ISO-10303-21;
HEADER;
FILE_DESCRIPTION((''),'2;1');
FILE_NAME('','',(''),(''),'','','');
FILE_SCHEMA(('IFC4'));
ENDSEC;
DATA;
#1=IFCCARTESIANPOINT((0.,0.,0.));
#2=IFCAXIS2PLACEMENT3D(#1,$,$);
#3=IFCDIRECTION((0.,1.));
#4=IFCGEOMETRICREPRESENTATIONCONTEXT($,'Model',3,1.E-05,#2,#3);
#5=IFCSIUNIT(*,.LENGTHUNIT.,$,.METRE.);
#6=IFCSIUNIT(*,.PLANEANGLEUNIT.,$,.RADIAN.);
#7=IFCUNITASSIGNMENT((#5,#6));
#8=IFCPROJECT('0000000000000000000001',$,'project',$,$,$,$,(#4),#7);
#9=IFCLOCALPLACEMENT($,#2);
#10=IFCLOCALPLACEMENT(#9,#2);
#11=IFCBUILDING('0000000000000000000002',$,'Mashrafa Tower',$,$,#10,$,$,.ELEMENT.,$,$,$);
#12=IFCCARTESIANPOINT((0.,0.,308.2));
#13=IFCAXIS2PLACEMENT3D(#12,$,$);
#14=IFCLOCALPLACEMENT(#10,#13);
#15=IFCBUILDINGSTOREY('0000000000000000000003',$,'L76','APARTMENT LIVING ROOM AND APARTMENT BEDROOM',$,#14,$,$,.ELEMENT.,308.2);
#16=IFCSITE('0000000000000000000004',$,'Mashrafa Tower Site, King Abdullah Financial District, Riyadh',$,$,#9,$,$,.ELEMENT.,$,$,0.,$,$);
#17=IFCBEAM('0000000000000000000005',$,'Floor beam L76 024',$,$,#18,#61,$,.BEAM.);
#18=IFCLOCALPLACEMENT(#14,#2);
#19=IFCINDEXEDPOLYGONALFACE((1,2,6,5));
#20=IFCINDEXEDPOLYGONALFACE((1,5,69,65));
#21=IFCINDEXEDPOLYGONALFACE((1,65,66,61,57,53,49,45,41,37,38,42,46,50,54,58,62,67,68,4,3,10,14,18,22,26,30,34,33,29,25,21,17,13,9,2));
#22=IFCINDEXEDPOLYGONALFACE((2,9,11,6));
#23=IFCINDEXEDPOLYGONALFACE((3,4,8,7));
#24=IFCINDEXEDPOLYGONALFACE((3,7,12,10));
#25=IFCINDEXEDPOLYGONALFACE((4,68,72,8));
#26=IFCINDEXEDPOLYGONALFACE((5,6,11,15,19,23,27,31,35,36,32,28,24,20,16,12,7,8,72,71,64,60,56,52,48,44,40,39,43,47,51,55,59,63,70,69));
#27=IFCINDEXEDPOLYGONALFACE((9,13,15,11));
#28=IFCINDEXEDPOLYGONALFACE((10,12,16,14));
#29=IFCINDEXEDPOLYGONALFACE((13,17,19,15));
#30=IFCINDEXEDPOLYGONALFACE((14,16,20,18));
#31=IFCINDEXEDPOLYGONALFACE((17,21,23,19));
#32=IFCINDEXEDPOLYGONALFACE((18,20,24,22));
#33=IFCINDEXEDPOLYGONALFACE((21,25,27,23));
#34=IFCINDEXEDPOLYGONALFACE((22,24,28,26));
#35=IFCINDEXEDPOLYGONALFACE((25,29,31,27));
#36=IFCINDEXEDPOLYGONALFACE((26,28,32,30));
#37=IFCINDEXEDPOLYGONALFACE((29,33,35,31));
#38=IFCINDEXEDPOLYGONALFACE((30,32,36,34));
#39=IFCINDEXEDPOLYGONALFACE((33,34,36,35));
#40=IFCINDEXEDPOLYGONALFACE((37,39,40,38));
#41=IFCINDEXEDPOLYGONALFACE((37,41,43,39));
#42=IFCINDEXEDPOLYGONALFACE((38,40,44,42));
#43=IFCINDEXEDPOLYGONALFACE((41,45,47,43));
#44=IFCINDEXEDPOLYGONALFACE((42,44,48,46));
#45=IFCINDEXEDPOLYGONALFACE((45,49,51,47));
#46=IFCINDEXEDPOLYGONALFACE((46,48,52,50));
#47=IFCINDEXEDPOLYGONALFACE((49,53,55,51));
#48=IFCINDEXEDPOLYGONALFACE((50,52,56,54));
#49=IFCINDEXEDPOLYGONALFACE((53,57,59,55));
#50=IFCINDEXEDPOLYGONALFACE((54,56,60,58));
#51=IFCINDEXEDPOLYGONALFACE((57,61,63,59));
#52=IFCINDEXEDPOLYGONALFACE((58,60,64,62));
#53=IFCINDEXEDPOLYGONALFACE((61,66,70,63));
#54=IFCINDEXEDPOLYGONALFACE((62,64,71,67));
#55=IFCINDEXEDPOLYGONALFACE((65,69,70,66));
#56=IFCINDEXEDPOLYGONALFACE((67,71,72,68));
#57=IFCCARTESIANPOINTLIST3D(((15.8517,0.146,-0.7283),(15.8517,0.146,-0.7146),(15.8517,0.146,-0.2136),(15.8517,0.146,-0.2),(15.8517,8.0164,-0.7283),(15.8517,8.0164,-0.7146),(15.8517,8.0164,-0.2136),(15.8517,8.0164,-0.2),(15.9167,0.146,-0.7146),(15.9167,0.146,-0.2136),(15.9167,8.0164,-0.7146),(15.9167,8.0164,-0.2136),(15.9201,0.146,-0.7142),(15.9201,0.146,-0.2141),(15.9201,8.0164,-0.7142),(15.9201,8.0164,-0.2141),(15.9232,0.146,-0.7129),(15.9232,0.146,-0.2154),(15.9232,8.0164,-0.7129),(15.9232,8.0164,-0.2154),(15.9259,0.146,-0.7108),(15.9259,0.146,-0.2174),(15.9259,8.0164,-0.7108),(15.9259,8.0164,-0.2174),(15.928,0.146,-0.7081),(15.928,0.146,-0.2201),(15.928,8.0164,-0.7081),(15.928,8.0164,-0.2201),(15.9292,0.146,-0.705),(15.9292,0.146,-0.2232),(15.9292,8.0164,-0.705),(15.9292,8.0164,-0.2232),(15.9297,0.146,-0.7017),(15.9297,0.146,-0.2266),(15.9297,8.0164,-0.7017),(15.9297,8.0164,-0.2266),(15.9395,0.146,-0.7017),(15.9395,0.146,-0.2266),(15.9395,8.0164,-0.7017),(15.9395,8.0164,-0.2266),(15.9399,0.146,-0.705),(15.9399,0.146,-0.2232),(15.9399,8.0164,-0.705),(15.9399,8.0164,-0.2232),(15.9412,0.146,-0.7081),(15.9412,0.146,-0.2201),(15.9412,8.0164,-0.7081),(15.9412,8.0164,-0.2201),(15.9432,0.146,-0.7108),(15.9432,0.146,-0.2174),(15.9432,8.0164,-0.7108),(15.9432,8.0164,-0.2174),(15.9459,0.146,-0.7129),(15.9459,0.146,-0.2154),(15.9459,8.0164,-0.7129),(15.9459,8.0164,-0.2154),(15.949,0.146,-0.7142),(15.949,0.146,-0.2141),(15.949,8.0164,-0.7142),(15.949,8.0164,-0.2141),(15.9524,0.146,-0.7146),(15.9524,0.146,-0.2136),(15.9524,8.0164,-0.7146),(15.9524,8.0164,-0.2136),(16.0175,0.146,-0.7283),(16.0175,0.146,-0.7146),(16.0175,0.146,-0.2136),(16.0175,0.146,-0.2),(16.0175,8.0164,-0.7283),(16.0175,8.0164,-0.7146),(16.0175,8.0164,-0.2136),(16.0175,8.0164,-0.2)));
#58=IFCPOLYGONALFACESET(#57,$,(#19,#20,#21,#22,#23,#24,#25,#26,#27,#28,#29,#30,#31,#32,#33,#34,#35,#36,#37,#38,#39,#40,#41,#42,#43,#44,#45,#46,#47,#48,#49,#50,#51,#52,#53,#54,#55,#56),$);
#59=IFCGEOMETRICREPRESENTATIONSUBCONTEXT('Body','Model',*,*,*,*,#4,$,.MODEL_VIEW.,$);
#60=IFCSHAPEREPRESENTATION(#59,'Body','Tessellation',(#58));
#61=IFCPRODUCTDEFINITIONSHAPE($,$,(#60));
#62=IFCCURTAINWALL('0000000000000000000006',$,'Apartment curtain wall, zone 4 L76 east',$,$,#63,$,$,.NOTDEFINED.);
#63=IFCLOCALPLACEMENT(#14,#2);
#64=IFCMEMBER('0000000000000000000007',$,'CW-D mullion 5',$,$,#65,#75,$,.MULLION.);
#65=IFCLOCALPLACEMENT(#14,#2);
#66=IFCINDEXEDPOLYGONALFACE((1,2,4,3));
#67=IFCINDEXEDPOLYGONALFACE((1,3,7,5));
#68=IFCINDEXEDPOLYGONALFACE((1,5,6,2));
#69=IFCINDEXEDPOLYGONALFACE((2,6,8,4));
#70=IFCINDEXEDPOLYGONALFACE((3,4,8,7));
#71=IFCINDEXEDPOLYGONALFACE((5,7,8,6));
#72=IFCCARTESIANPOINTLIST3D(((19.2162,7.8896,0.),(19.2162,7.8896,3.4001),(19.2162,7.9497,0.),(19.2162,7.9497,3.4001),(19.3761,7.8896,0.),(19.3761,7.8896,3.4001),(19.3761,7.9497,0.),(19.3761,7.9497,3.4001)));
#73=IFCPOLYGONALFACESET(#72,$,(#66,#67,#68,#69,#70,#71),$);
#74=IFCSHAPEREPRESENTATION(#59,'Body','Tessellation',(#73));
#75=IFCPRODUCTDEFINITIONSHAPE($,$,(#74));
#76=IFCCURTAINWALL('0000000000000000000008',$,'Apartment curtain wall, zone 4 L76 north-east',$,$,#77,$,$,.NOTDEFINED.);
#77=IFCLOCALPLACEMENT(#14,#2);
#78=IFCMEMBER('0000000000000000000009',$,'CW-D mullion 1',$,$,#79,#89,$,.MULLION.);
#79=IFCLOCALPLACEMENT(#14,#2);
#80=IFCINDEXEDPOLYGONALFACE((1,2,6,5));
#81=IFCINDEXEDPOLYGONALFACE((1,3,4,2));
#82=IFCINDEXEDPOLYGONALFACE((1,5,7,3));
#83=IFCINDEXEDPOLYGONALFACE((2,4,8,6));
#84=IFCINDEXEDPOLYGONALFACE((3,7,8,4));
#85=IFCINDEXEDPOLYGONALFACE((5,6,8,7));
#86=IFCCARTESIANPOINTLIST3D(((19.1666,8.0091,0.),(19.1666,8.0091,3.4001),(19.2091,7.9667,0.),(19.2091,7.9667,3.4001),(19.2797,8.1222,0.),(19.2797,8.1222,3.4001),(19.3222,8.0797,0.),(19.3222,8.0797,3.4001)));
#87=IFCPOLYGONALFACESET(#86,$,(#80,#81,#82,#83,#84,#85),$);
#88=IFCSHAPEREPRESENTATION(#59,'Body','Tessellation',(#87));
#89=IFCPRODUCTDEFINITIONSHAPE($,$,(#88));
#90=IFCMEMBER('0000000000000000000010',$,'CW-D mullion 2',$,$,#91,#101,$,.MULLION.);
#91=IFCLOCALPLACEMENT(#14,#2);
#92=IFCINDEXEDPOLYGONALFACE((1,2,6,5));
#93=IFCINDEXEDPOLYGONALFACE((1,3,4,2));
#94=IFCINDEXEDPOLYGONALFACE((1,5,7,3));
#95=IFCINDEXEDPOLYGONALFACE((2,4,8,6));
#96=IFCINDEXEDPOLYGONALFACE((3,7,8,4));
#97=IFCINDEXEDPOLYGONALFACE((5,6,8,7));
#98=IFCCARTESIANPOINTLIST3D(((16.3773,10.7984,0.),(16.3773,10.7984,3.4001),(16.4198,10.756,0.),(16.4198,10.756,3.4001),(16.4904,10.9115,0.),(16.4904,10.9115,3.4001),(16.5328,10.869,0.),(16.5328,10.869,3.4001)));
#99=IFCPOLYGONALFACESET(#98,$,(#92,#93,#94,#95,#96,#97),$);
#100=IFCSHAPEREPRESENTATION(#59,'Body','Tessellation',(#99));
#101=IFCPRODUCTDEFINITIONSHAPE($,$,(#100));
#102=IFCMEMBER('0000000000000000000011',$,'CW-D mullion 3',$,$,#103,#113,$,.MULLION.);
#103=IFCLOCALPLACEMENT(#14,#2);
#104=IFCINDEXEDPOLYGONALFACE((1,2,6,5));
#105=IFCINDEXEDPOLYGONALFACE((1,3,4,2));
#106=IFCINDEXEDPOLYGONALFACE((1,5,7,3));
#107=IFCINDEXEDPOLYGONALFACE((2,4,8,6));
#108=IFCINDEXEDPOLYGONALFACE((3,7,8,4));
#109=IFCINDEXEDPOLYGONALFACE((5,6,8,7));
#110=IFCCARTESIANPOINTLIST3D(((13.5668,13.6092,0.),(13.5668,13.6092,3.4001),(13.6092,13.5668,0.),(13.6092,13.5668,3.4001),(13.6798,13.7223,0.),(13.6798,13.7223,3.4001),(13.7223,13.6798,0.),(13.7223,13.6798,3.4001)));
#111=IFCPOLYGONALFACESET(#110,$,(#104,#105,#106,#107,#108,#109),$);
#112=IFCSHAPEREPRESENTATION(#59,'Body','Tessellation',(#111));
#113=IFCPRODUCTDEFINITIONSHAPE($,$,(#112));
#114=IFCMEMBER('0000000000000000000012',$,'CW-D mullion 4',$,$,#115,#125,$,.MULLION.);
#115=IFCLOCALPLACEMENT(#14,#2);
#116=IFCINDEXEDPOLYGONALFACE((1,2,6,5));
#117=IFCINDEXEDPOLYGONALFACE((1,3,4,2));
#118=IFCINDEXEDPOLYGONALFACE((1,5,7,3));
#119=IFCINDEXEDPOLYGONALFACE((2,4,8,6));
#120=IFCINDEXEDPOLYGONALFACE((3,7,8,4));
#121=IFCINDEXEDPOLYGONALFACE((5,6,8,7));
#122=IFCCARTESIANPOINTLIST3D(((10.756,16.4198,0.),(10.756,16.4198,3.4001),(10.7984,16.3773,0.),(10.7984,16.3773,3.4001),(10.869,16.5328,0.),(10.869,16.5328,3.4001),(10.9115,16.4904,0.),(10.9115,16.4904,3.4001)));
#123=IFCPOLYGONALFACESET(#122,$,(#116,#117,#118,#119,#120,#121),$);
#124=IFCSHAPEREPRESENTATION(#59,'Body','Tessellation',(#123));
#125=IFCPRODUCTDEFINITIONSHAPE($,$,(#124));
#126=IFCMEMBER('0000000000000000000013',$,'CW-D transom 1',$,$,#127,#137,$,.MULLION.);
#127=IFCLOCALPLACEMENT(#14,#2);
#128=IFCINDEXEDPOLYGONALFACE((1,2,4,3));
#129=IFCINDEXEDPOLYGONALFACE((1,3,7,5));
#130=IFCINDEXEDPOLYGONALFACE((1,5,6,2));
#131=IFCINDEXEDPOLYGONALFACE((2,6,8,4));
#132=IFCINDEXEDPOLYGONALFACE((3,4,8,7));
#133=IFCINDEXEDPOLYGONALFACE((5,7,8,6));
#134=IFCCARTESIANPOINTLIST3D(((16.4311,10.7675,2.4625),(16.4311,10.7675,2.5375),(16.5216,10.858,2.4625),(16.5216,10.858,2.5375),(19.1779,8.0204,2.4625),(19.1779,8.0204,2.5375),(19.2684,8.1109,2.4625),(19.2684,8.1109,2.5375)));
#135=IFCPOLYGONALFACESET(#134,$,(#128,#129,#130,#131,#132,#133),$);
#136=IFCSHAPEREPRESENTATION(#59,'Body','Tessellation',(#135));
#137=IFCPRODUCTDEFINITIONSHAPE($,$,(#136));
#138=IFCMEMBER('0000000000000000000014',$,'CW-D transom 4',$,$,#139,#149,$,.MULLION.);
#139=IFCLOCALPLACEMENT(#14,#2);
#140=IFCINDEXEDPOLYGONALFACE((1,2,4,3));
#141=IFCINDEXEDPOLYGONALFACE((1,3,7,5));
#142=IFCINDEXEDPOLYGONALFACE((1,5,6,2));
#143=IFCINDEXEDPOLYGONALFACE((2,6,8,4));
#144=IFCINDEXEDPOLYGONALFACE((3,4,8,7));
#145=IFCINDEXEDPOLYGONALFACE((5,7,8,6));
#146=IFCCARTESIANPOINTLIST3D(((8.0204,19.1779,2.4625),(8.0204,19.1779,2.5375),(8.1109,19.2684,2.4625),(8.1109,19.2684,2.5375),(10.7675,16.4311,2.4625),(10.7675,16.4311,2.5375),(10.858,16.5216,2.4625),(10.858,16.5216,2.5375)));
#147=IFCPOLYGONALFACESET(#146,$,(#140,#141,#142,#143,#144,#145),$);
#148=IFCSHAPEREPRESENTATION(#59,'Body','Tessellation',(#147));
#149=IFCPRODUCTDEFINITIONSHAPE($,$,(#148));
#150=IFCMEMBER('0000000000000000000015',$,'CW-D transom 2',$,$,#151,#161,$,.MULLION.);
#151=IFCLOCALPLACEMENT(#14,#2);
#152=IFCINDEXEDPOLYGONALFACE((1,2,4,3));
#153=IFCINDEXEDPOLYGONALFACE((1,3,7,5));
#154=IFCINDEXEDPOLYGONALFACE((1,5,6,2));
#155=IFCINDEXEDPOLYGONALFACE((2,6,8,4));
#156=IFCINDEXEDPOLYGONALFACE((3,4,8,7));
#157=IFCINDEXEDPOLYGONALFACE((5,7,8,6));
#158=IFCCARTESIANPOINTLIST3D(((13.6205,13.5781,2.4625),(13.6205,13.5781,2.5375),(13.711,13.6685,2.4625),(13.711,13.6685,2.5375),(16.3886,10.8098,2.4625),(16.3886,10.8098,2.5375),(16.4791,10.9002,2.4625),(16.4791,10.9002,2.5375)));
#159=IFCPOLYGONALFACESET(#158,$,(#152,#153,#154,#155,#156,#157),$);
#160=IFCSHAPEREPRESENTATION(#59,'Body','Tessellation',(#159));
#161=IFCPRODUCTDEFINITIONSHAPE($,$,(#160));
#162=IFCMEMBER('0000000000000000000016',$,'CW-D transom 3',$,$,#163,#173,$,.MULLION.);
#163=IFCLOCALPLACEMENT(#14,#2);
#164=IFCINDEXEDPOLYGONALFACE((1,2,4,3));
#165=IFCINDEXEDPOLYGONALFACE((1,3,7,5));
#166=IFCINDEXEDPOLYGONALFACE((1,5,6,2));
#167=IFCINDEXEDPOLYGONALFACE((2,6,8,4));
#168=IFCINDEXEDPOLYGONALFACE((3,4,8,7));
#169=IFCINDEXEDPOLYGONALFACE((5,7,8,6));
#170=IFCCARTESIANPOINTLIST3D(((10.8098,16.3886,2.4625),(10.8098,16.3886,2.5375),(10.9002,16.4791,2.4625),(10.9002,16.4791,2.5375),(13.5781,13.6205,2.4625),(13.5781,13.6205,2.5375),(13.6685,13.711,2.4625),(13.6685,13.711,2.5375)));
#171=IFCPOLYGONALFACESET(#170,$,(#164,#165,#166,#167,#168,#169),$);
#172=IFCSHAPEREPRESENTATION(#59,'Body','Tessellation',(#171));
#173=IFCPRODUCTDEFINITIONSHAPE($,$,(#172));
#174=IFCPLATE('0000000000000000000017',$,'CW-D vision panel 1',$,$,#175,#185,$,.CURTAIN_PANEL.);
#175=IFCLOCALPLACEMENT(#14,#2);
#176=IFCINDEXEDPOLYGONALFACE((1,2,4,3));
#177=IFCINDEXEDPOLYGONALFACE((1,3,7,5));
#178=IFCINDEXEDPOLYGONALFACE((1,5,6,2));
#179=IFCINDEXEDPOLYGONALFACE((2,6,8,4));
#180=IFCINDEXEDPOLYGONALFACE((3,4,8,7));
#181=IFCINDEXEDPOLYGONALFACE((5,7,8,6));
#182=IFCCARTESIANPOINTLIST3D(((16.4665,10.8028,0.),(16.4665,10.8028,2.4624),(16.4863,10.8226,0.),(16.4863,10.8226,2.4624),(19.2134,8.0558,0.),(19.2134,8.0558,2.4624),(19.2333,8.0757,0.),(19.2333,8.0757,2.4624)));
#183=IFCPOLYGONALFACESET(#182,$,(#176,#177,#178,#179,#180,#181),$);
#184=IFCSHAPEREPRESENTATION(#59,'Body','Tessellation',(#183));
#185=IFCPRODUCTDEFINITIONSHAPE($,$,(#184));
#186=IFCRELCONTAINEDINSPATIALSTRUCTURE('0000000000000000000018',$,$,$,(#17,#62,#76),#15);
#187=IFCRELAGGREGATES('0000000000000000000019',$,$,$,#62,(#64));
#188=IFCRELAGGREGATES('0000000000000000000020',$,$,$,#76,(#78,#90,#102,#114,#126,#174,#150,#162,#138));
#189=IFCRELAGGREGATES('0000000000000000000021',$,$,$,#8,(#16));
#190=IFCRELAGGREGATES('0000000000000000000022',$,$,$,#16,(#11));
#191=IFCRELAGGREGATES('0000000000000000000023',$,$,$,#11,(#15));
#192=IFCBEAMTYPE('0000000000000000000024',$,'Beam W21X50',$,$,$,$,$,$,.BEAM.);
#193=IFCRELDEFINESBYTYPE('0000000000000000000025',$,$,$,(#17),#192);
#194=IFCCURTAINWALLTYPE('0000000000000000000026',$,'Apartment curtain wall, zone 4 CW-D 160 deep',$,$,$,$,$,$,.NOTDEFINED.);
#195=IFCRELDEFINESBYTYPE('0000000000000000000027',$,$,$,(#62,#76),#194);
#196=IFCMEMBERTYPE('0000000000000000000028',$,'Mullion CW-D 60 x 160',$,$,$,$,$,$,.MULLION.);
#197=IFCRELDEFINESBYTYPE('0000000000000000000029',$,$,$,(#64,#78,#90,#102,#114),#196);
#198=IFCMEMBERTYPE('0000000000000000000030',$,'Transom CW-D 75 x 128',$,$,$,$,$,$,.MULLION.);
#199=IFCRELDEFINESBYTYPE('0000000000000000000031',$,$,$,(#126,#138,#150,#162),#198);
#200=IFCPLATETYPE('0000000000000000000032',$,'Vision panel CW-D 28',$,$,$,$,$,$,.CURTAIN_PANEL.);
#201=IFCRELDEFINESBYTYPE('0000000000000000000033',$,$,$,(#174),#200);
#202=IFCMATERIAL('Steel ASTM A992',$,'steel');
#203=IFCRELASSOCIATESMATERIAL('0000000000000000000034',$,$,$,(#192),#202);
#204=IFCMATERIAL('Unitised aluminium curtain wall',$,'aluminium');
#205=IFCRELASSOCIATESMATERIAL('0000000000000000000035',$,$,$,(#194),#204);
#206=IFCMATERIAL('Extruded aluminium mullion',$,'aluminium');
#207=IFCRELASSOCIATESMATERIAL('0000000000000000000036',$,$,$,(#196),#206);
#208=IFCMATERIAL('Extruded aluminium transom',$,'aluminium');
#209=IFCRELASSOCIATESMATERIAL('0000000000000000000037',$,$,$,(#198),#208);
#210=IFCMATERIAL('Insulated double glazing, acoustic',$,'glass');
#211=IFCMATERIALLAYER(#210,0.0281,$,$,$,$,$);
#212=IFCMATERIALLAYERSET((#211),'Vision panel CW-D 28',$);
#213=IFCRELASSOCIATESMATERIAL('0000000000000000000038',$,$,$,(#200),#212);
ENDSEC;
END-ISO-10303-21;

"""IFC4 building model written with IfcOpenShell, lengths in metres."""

from ifc_helpers import new_model, si_unit, direction, frame, origin, origin_2d, place, context, subcontext, project, spatial, rectangle, i_section, extrude, source, transform, mapped, material, layer, layer_set, material_profile, profile_set, type_object, type_shapes, element, aggregate, save


model = new_model("IFC4")

# Units and contexts
model_context = context("Model", 3, precision=1e-05, world=origin(), true_north=direction((0.0, 1.0)))
body_context = subcontext(model_context, "Body", "Model", "MODEL_VIEW")
ifc_project = project(units=[si_unit("LENGTHUNIT", "METRE"), si_unit("PLANEANGLEUNIT", "RADIAN")], contexts=[model_context])

# Site, building, storey
site_placement = place(None, origin())
site = spatial("IfcSite", under=ifc_project, at=site_placement, Name="Mashrafa Tower Site, King Abdullah Financial District, Riyadh", CompositionType="ELEMENT", RefElevation=0.0)
building_placement = place(site_placement, origin())
building = spatial("IfcBuilding", under=site, at=building_placement, Name="Mashrafa Tower", CompositionType="ELEMENT")
storey_placement = place(building_placement, frame((0.0, 0.0, 308.2)))
storey = spatial("IfcBuildingStorey", under=building, at=storey_placement, Name="L76", Description="APARTMENT LIVING ROOM AND APARTMENT BEDROOM", CompositionType="ELEMENT", Elevation=308.2)

# Beam
ifc_material_1 = material(Name="Steel ASTM A992", Category="steel")
ifc_material_profile_1 = material_profile(ifc_material_1, i_section(OverallWidth=0.1658, OverallDepth=0.5283, WebThickness=0.0098, FlangeThickness=0.0137, FilletRadius=0.0129, at=origin_2d()), Name="W21X50")
ifc_profile_set_1 = profile_set([ifc_material_profile_1], Name="Steel ASTM A992")
beam_type_1 = type_object("IfcBeamType", Name="Beam W21X50", PredefinedType="BEAM", material=ifc_profile_set_1)
beam_1_placement = place(storey_placement, frame((15.9346, 8.0164, -0.4641), z_axis=(0.0, -1.0, 0.0), x_axis=(1.0, 0.0, 0.0)))
element("IfcBeam", 1, at=beam_1_placement, inside=storey, type_object=beam_type_1, Name="Floor beam L76 024", PredefinedType="BEAM", context=body_context, shape_type="SweptSolid", body=[
    extrude(i_section(OverallWidth=0.1658, OverallDepth=0.5283, WebThickness=0.0098, FlangeThickness=0.0137, FilletRadius=0.0129, at=origin_2d()), origin(), (0.0, 0.0, 1.0), 7.8704),
])

# Curtain wall, member
ifc_material_2 = material(Name="Unitised aluminium curtain wall", Category="aluminium")
curtain_wall_type = type_object("IfcCurtainWallType", Name="Apartment curtain wall, zone 4 CW-D 160 deep", PredefinedType="NOTDEFINED", material=ifc_material_2)
curtain_wall_1_placement = place(storey_placement, origin())
curtain_wall_1 = element("IfcCurtainWall", 2, at=curtain_wall_1_placement, inside=storey, type_object=curtain_wall_type, Name="Apartment curtain wall, zone 4 L76 east", PredefinedType="NOTDEFINED")
ifc_material_3 = material(Name="Extruded aluminium mullion", Category="aluminium")
ifc_material_profile_2 = material_profile(ifc_material_3, rectangle(XDim=0.1599, YDim=0.0601, at=origin_2d()), Name="Mullion 60x160")
ifc_profile_set_2 = profile_set([ifc_material_profile_2], Name="Extruded aluminium mullion")
member_type_1 = type_object("IfcMemberType", Name="Mullion CW-D 60 x 160", PredefinedType="MULLION", material=ifc_profile_set_2)
shared_shape_1 = source(origin(), body_context, "Body", "SweptSolid", [
    extrude(rectangle(XDim=0.1599, YDim=0.0601, at=origin_2d()), origin(), (0.0, 0.0, 1.0), 3.4001),
])
type_shapes(member_type_1, [shared_shape_1])
member_1_placement = place(storey_placement, frame((19.2961, 7.9197, 0.0), z_axis=(0.0, 0.0, 1.0), x_axis=(-1.0, 0.0, 0.0)))
member_1 = element("IfcMember", 3, at=member_1_placement, type_object=member_type_1, Name="CW-D mullion 5", PredefinedType="MULLION", context=body_context, shape_type="MappedRepresentation", body=[
    mapped(shared_shape_1, transform((0.0, 0.0, 0.0))),
])
aggregate(curtain_wall_1, [member_1])

# Curtain wall, members, plate
curtain_wall_2_placement = place(storey_placement, origin())
curtain_wall_2 = element("IfcCurtainWall", 4, at=curtain_wall_2_placement, inside=storey, type_object=curtain_wall_type, Name="Apartment curtain wall, zone 4 L76 north-east", PredefinedType="NOTDEFINED")
member_2_placement = place(storey_placement, frame((19.2444, 8.0444, 0.0), z_axis=(0.0, 0.0, 1.0), x_axis=(-0.707107, -0.707107, 0.0)))
member_2 = element("IfcMember", 5, at=member_2_placement, type_object=member_type_1, Name="CW-D mullion 1", PredefinedType="MULLION", context=body_context, shape_type="MappedRepresentation", body=[
    mapped(shared_shape_1, transform((0.0, 0.0, 0.0))),
])
member_3_placement = place(storey_placement, frame((16.4551, 10.8337, 0.0), z_axis=(0.0, 0.0, 1.0), x_axis=(-0.707107, -0.707107, 0.0)))
member_3 = element("IfcMember", 6, at=member_3_placement, type_object=member_type_1, Name="CW-D mullion 2", PredefinedType="MULLION", context=body_context, shape_type="MappedRepresentation", body=[
    mapped(shared_shape_1, transform((0.0, 0.0, 0.0))),
])
member_4_placement = place(storey_placement, frame((13.6445, 13.6445, 0.0), z_axis=(0.0, 0.0, 1.0), x_axis=(-0.707107, -0.707107, 0.0)))
member_4 = element("IfcMember", 7, at=member_4_placement, type_object=member_type_1, Name="CW-D mullion 3", PredefinedType="MULLION", context=body_context, shape_type="MappedRepresentation", body=[
    mapped(shared_shape_1, transform((0.0, 0.0, 0.0))),
])
member_5_placement = place(storey_placement, frame((10.8337, 16.4551, 0.0), z_axis=(0.0, 0.0, 1.0), x_axis=(-0.707107, -0.707107, 0.0)))
member_5 = element("IfcMember", 8, at=member_5_placement, type_object=member_type_1, Name="CW-D mullion 4", PredefinedType="MULLION", context=body_context, shape_type="MappedRepresentation", body=[
    mapped(shared_shape_1, transform((0.0, 0.0, 0.0))),
])
ifc_material_4 = material(Name="Extruded aluminium transom", Category="aluminium")
ifc_material_profile_3 = material_profile(ifc_material_4, rectangle(XDim=0.1279, YDim=0.075, at=origin_2d()), Name="Transom 75x128")
ifc_profile_set_3 = profile_set([ifc_material_profile_3], Name="Extruded aluminium transom")
member_type_2 = type_object("IfcMemberType", Name="Transom CW-D 75 x 128", PredefinedType="MULLION", material=ifc_profile_set_3)
shared_shape_2 = source(origin(), body_context, "Body", "SweptSolid", [
    extrude(rectangle(XDim=0.1279, YDim=0.075, at=origin_2d()), origin(), (0.0, 0.0, 1.0), 3.8848),
])
member_6_placement = place(storey_placement, frame((19.2231, 8.0657, 2.5), z_axis=(-0.707075, 0.707138, 0.0), x_axis=(-0.707138, -0.707075, 0.0)))
member_6 = element("IfcMember", 9, at=member_6_placement, type_object=member_type_2, Name="CW-D transom 1", PredefinedType="MULLION", context=body_context, shape_type="MappedRepresentation", body=[
    mapped(shared_shape_2, transform((0.0, 0.0, 0.0))),
])
member_7_placement = place(storey_placement, frame((10.8127, 16.4763, 2.5), z_axis=(-0.707138, 0.707075, 0.0), x_axis=(-0.707075, -0.707138, 0.0)))
member_7 = element("IfcMember", 10, at=member_7_placement, type_object=member_type_2, Name="CW-D transom 4", PredefinedType="MULLION", context=body_context, shape_type="MappedRepresentation", body=[
    mapped(shared_shape_2, transform((0.0, 0.0, 0.0))),
])
shared_shape_3 = source(origin(), body_context, "Body", "SweptSolid", [
    extrude(rectangle(XDim=0.1279, YDim=0.075, at=origin_2d()), origin(), (0.0, 0.0, 1.0), 3.9148),
])
type_shapes(member_type_2, [shared_shape_2, shared_shape_3])
member_8_placement = place(storey_placement, frame((16.4338, 10.855, 2.5), z_axis=(-0.707076, 0.707138, 0.0), x_axis=(-0.707138, -0.707076, 0.0)))
member_8 = element("IfcMember", 11, at=member_8_placement, type_object=member_type_2, Name="CW-D transom 2", PredefinedType="MULLION", context=body_context, shape_type="MappedRepresentation", body=[
    mapped(shared_shape_3, transform((0.0, 0.0, 0.0))),
])
member_9_placement = place(storey_placement, frame((13.6233, 13.6658, 2.5), z_axis=(-0.707138, 0.707076, 0.0), x_axis=(-0.707076, -0.707138, 0.0)))
member_9 = element("IfcMember", 12, at=member_9_placement, type_object=member_type_2, Name="CW-D transom 3", PredefinedType="MULLION", context=body_context, shape_type="MappedRepresentation", body=[
    mapped(shared_shape_3, transform((0.0, 0.0, 0.0))),
])
ifc_material_5 = material(Name="Insulated double glazing, acoustic", Category="glass")
ifc_layer_1 = layer(ifc_material_5, 0.0281)
ifc_layer_set_1 = layer_set([ifc_layer_1], Name="Vision panel CW-D 28")
plate_type_1 = type_object("IfcPlateType", Name="Vision panel CW-D 28", PredefinedType="CURTAIN_PANEL", material=ifc_layer_set_1)
shared_shape_4 = source(origin(), body_context, "Body", "SweptSolid", [
    extrude(rectangle(XDim=3.8848, YDim=0.0281, at=origin_2d()), origin(), (0.0, 0.0, 1.0), 2.4624),
])
plate_1_placement = place(storey_placement, frame((17.8499, 9.4392, 0.0), z_axis=(0.0, 0.0, 1.0), x_axis=(-0.707107, 0.707107, 0.0)))
plate_1 = element("IfcPlate", 13, at=plate_1_placement, type_object=plate_type_1, Name="CW-D vision panel 1", PredefinedType="CURTAIN_PANEL", context=body_context, shape_type="MappedRepresentation", body=[
    mapped(shared_shape_4, transform((0.0, 0.0, 0.0))),
])
aggregate(curtain_wall_2, [member_2, member_3, member_4, member_5, member_6, plate_1, member_8, member_9, member_7])

save(model, "model.ifc")
